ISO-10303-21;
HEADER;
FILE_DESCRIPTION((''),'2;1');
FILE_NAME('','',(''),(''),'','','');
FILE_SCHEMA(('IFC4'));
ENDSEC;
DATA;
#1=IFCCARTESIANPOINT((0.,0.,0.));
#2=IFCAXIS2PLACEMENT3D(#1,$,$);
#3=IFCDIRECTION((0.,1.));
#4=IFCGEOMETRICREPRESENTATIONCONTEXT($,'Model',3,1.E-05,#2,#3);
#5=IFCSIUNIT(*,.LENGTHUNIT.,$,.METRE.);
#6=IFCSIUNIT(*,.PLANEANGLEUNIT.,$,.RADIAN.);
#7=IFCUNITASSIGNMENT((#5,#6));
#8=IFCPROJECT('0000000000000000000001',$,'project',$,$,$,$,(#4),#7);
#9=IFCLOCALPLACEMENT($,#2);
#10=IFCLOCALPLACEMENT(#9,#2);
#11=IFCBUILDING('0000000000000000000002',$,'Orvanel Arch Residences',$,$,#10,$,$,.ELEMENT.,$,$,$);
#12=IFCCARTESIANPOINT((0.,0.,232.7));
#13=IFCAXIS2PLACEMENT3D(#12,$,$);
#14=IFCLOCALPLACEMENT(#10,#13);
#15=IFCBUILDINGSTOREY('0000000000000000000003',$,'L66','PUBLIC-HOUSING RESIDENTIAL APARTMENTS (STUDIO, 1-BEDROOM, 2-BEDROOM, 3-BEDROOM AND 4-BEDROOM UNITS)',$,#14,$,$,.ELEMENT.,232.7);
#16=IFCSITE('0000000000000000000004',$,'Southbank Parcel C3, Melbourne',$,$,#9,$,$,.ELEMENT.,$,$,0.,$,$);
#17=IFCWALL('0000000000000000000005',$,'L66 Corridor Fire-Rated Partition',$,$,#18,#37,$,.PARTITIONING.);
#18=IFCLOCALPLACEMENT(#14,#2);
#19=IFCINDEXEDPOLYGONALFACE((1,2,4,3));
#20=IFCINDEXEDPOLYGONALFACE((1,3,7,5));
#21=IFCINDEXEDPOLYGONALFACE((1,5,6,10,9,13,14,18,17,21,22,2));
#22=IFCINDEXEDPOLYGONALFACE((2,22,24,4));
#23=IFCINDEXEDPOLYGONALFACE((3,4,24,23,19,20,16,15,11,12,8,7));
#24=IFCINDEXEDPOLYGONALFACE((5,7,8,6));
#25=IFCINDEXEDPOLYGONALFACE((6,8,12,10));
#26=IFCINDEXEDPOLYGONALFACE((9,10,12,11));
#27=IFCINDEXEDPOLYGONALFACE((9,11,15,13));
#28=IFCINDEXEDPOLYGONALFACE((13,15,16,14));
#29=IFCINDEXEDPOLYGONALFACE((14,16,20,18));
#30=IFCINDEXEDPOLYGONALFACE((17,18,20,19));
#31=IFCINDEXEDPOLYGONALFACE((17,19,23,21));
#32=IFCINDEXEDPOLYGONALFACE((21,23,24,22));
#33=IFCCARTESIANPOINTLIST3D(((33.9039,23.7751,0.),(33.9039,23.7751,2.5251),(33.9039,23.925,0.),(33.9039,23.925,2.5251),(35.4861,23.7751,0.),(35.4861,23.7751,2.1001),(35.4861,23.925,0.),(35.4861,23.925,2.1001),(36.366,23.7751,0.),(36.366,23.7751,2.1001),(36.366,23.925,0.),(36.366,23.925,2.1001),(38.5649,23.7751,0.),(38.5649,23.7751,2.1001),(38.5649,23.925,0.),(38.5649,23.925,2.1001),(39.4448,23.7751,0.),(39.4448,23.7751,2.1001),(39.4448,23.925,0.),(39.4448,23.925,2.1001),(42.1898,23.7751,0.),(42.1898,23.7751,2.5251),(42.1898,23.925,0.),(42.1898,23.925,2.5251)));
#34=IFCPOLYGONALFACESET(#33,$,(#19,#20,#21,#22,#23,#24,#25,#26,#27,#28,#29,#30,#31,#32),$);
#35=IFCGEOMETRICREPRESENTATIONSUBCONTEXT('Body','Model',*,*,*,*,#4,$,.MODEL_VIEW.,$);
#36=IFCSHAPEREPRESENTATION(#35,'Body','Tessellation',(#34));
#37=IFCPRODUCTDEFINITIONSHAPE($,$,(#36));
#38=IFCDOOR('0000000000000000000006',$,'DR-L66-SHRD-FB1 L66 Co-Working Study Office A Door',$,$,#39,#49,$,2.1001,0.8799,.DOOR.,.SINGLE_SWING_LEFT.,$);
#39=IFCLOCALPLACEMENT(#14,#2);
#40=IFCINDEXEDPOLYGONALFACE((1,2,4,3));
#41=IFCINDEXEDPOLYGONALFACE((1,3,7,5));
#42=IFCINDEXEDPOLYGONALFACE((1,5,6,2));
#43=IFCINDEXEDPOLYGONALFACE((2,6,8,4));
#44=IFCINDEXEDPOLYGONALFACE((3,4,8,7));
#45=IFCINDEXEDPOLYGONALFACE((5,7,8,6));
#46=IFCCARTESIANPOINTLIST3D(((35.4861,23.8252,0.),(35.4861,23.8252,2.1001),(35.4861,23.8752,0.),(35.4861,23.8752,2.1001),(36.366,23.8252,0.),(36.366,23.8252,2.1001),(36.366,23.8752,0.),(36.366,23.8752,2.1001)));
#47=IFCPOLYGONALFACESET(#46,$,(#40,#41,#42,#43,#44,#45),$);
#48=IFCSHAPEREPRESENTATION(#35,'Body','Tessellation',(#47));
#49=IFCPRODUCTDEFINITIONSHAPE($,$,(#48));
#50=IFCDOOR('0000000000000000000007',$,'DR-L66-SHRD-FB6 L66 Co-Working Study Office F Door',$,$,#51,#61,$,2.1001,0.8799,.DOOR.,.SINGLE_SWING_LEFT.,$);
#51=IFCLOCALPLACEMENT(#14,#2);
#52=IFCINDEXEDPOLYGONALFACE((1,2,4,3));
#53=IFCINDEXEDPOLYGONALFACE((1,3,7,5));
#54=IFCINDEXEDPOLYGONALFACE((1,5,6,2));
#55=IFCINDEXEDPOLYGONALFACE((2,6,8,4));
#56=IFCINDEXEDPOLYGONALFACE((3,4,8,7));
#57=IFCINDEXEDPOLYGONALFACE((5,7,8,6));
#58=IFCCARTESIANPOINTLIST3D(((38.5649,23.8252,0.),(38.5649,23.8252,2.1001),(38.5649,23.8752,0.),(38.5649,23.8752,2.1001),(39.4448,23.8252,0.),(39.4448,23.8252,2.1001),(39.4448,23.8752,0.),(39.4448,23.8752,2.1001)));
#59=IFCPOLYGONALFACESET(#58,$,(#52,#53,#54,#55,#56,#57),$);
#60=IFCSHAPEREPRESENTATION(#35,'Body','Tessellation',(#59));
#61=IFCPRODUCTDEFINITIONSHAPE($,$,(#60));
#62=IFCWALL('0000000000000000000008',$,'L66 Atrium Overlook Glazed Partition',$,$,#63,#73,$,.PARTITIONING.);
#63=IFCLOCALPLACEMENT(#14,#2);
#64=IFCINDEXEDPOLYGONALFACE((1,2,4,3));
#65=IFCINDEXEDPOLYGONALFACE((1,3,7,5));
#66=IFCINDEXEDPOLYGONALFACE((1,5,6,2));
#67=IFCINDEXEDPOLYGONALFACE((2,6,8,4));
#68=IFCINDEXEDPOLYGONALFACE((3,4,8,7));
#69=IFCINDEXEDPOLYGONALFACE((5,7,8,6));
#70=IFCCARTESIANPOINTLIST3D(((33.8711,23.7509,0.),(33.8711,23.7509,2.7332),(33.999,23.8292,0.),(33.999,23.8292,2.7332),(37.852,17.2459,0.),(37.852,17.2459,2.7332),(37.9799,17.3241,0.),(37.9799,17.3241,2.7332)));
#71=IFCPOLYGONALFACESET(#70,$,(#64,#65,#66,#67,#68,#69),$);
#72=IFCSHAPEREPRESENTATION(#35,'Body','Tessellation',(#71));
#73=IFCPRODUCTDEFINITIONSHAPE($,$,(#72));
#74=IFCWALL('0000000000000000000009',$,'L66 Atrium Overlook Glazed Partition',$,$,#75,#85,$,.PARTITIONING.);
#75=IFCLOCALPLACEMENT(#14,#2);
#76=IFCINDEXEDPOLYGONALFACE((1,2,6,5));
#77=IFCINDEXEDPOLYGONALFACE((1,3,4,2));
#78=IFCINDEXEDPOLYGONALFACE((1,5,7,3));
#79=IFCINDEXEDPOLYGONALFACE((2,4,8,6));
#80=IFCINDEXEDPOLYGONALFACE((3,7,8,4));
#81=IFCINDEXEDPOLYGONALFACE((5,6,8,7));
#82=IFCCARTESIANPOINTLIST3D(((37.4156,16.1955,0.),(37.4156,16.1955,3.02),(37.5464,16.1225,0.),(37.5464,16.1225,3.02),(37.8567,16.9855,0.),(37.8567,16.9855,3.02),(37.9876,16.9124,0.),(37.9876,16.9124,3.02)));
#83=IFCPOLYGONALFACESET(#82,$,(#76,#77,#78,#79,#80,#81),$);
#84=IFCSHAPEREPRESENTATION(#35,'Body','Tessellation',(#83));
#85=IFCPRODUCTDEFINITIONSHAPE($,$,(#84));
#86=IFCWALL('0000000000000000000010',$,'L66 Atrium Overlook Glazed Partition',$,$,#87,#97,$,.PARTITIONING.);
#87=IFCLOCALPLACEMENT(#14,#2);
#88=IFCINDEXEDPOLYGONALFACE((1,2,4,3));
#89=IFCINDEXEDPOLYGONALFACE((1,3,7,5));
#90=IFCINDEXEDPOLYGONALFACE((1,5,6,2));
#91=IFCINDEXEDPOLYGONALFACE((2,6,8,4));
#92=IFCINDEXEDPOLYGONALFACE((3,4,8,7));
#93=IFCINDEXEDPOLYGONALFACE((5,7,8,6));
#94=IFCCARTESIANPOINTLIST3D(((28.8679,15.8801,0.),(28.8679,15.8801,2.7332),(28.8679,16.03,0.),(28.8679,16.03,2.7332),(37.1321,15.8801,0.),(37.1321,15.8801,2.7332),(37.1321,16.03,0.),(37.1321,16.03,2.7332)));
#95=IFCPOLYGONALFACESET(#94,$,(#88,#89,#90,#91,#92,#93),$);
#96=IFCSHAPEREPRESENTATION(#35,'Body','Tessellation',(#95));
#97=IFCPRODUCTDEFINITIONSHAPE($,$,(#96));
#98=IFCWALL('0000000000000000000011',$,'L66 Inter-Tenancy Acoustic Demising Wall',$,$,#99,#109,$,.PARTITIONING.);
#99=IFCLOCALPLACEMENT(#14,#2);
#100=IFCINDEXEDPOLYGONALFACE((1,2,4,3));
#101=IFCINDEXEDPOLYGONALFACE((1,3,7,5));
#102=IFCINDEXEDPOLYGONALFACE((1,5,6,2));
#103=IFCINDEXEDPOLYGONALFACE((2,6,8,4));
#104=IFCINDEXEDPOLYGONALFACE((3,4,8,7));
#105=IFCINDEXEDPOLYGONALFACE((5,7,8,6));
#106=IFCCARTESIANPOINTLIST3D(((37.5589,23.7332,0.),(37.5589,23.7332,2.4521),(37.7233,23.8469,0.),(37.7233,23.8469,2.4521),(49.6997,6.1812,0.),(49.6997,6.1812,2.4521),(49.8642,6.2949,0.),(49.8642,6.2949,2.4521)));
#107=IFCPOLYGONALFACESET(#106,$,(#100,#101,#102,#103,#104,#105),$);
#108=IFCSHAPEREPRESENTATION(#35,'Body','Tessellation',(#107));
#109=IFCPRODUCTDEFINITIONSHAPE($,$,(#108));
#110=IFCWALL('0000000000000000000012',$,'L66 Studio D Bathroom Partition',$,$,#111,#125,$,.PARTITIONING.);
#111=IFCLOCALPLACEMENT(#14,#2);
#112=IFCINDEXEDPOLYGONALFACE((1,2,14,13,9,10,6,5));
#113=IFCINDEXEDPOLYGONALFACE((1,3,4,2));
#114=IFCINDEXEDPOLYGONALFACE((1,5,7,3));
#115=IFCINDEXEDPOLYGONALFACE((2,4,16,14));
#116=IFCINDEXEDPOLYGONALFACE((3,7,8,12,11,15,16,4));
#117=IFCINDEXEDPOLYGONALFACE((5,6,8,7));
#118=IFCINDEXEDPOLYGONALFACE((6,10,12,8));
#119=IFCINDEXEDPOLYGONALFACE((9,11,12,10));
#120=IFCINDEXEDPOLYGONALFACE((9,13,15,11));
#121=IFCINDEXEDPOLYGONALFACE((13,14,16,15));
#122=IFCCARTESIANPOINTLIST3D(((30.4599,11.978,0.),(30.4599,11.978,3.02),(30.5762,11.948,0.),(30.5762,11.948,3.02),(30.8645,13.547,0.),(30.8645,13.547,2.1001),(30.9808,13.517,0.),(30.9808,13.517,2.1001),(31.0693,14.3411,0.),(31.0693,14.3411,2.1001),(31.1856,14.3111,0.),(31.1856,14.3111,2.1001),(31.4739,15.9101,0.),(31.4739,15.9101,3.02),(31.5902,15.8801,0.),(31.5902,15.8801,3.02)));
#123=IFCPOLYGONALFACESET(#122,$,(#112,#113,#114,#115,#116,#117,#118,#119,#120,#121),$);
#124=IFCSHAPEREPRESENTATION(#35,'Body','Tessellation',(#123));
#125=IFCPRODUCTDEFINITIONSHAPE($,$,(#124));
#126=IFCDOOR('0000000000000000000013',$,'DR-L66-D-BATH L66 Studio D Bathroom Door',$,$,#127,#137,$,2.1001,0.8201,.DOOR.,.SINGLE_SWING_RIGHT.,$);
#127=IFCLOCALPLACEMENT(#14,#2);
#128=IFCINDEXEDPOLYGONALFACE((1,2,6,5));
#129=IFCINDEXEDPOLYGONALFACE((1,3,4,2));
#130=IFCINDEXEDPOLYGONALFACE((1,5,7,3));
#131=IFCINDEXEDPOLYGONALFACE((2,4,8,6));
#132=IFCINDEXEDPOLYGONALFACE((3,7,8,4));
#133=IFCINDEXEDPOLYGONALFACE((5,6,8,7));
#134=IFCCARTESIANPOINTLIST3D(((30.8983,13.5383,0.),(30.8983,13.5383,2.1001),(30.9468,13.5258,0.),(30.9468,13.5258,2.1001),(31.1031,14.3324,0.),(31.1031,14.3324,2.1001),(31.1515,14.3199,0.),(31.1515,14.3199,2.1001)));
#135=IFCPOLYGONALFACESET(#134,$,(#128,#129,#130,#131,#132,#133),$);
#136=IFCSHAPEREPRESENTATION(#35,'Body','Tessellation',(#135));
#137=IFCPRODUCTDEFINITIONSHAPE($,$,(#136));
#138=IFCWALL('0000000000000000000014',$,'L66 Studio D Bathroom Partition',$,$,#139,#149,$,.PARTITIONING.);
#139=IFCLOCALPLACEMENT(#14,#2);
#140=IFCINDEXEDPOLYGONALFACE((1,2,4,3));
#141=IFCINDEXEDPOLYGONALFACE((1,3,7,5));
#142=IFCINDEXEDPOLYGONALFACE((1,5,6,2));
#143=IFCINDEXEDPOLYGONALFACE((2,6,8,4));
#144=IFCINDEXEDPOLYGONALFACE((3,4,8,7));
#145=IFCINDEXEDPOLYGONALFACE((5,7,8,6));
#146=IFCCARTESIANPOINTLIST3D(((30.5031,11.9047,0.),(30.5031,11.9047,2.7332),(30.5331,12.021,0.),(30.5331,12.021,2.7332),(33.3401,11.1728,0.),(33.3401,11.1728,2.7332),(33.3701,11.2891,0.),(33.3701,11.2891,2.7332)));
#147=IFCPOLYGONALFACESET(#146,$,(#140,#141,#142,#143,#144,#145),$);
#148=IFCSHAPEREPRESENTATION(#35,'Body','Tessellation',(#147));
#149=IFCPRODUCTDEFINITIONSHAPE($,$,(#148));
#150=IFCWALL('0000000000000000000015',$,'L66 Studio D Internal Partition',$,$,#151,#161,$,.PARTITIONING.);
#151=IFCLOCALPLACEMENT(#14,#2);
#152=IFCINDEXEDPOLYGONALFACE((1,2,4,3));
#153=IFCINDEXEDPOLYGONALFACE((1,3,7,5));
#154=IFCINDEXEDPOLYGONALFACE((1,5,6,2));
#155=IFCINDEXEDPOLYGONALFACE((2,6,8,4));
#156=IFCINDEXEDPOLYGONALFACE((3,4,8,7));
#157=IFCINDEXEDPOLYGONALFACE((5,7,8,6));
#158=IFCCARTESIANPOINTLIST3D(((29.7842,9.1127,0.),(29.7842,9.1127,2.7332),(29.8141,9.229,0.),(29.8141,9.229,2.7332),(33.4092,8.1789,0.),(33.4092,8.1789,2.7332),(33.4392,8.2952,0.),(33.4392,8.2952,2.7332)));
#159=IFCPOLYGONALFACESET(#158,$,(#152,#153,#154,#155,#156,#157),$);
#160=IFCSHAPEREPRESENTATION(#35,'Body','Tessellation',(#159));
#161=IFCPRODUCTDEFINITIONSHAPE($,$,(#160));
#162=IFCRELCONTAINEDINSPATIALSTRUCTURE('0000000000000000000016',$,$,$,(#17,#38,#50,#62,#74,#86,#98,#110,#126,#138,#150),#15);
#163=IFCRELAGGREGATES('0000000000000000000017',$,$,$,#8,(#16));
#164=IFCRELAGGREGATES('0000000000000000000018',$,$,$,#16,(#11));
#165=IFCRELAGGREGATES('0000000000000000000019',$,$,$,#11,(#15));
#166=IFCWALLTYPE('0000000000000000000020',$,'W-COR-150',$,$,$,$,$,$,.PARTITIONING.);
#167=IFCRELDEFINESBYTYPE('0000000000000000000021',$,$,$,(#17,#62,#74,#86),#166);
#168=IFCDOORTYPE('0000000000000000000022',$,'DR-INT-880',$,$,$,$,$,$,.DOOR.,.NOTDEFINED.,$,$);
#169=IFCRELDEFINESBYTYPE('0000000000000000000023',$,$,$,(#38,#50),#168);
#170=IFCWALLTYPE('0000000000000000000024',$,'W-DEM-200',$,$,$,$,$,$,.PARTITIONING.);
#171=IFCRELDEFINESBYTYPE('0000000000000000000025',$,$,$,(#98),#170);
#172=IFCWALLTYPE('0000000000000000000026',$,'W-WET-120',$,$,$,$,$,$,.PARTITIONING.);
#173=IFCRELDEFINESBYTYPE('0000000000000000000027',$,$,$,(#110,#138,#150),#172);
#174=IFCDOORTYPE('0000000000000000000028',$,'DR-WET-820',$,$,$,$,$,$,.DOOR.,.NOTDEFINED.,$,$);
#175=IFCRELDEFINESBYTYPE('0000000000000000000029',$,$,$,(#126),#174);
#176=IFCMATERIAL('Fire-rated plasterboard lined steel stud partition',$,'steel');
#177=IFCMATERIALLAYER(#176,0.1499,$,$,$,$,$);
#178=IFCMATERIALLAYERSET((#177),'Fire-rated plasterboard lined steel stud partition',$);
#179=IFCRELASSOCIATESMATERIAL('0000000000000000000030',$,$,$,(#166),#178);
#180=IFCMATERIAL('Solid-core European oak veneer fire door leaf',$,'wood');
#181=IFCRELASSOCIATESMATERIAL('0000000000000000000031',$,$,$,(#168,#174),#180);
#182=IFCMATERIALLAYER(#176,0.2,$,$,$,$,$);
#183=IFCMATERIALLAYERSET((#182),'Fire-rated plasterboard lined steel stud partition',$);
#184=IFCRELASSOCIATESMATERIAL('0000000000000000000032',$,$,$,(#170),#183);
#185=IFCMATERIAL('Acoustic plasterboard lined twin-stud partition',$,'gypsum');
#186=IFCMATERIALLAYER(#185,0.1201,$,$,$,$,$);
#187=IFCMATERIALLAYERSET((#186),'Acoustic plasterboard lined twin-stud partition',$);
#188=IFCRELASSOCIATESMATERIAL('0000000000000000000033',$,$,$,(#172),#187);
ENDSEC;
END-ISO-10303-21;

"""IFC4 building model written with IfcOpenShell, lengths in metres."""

from ifc_helpers import new_model, si_unit, direction, frame, frame_2d, origin, place, context, subcontext, project, spatial, rectangle, extrude, material, layer, layer_set, type_object, element, fill, save


model = new_model("IFC4")

# Units and contexts
model_context = context("Model", 3, precision=1e-05, world=origin(), true_north=direction((0.0, 1.0)))
body_context = subcontext(model_context, "Body", "Model", "MODEL_VIEW")
ifc_project = project(units=[si_unit("LENGTHUNIT", "METRE"), si_unit("PLANEANGLEUNIT", "RADIAN")], contexts=[model_context])

# Site, building, storey
site_placement = place(None, origin())
site = spatial("IfcSite", under=ifc_project, at=site_placement, Name="Southbank Parcel C3, Melbourne", CompositionType="ELEMENT", RefElevation=0.0)
building_placement = place(site_placement, origin())
building = spatial("IfcBuilding", under=site, at=building_placement, Name="Orvanel Arch Residences", CompositionType="ELEMENT")
storey_placement = place(building_placement, frame((0.0, 0.0, 232.7)))
storey = spatial("IfcBuildingStorey", under=building, at=storey_placement, Name="L66", Description="PUBLIC-HOUSING RESIDENTIAL APARTMENTS (STUDIO, 1-BEDROOM, 2-BEDROOM, 3-BEDROOM AND 4-BEDROOM UNITS)", CompositionType="ELEMENT", Elevation=232.7)

# Shared definitions
ifc_material_1 = material(Name="Fire-rated plasterboard lined steel stud partition", Category="steel")
ifc_layer_1 = layer(ifc_material_1, 0.1499)
ifc_layer_set_1 = layer_set([ifc_layer_1], Name="Fire-rated plasterboard lined steel stud partition")
wall_type_1 = type_object("IfcWallType", Name="W-COR-150", PredefinedType="PARTITIONING", material=ifc_layer_set_1)
ifc_material_2 = material(Name="Solid-core European oak veneer fire door leaf", Category="wood")

# Wall, openings, doors
wall_1_placement = place(storey_placement, frame((42.1899, 23.8501, 0.0), z_axis=(0.0, 0.0, 1.0), x_axis=(-1.0, 0.0, 0.0)))
wall_1 = element("IfcWall", 1, at=wall_1_placement, inside=storey, type_object=wall_type_1, Name="L66 Corridor Fire-Rated Partition", PredefinedType="PARTITIONING", context=body_context, shape_type="SweptSolid", body=[
    extrude(rectangle(XDim=8.2859, YDim=0.1499, at=frame_2d((4.1431, 0.0))), origin(), (0.0, 0.0, 1.0), 2.5251),
])
opening_1_placement = place(wall_1_placement, frame((5.824, 0.0, 0.0)))
opening_1 = element("IfcOpeningElement", 2, at=opening_1_placement, cuts=wall_1, PredefinedType="OPENING", context=body_context, shape_type="SweptSolid", body=[
    extrude(rectangle(XDim=0.8799, YDim=2.1001, at=frame_2d((0.4399, 1.05))), frame((0.0, 0.085, 0.0), z_axis=(0.0, -1.0, 0.0), x_axis=(1.0, 0.0, 0.0)), (0.0, 0.0, 1.0), 0.1699),
])
opening_2_placement = place(wall_1_placement, frame((2.7451, 0.0, 0.0)))
opening_2 = element("IfcOpeningElement", 3, at=opening_2_placement, cuts=wall_1, PredefinedType="OPENING", context=body_context, shape_type="SweptSolid", body=[
    extrude(rectangle(XDim=0.8799, YDim=2.1001, at=frame_2d((0.4399, 1.05))), frame((0.0, 0.085, 0.0), z_axis=(0.0, -1.0, 0.0), x_axis=(1.0, 0.0, 0.0)), (0.0, 0.0, 1.0), 0.1699),
])
door_type_1 = type_object("IfcDoorType", Name="DR-INT-880", OperationType="NOTDEFINED", PredefinedType="DOOR", material=ifc_material_2)
door_1_placement = place(opening_1_placement, origin())
door_1 = element("IfcDoor", 4, at=door_1_placement, inside=storey, type_object=door_type_1, Name="DR-L66-SHRD-FB1 L66 Co-Working Study Office A Door", OperationType="SINGLE_SWING_LEFT", OverallHeight=2.1001, OverallWidth=0.8799, PredefinedType="DOOR", context=body_context, shape_type="SweptSolid", body=[
    extrude(rectangle(XDim=0.8799, YDim=2.1001, at=frame_2d((0.4399, 1.05))), frame((0.0, 0.0249, 0.0), z_axis=(0.0, -1.0, 0.0), x_axis=(1.0, 0.0, 0.0)), (0.0, 0.0, 1.0), 0.05),
])
fill(opening_1, door_1)
door_2_placement = place(opening_2_placement, origin())
door_2 = element("IfcDoor", 5, at=door_2_placement, inside=storey, type_object=door_type_1, Name="DR-L66-SHRD-FB6 L66 Co-Working Study Office F Door", OperationType="SINGLE_SWING_LEFT", OverallHeight=2.1001, OverallWidth=0.8799, PredefinedType="DOOR", context=body_context, shape_type="SweptSolid", body=[
    extrude(rectangle(XDim=0.8799, YDim=2.1001, at=frame_2d((0.4399, 1.05))), frame((0.0, 0.0249, 0.0), z_axis=(0.0, -1.0, 0.0), x_axis=(1.0, 0.0, 0.0)), (0.0, 0.0, 1.0), 0.05),
])
fill(opening_2, door_2)

# Walls
wall_2_placement = place(storey_placement, frame((33.9351, 23.79, 0.0), z_axis=(0.0, 0.0, 1.0), x_axis=(0.521985, -0.852955, 0.0)))
element("IfcWall", 6, at=wall_2_placement, inside=storey, type_object=wall_type_1, Name="L66 Atrium Overlook Glazed Partition", PredefinedType="PARTITIONING", context=body_context, shape_type="SweptSolid", body=[
    extrude(rectangle(XDim=7.6265, YDim=0.1499, at=frame_2d((3.8132, 0.0))), origin(), (0.0, 0.0, 1.0), 2.7332),
])
wall_3_placement = place(storey_placement, frame((37.9221, 16.949, 0.0), z_axis=(0.0, 0.0, 1.0), x_axis=(-0.487543, -0.873099, 0.0)))
element("IfcWall", 7, at=wall_3_placement, inside=storey, type_object=wall_type_1, Name="L66 Atrium Overlook Glazed Partition", PredefinedType="PARTITIONING", context=body_context, shape_type="SweptSolid", body=[
    extrude(rectangle(XDim=0.9048, YDim=0.1499, at=frame_2d((0.4524, 0.0))), origin(), (0.0, 0.0, 1.0), 3.02),
])
wall_4_placement = place(storey_placement, frame((37.1321, 15.9551, 0.0), z_axis=(0.0, 0.0, 1.0), x_axis=(-1.0, 0.0, 0.0)))
element("IfcWall", 8, at=wall_4_placement, inside=storey, type_object=wall_type_1, Name="L66 Atrium Overlook Glazed Partition", PredefinedType="PARTITIONING", context=body_context, shape_type="SweptSolid", body=[
    extrude(rectangle(XDim=8.2642, YDim=0.1499, at=frame_2d((4.1321, 0.0))), origin(), (0.0, 0.0, 1.0), 2.7332),
])
ifc_layer_2 = layer(ifc_material_1, 0.2)
ifc_layer_set_2 = layer_set([ifc_layer_2], Name="Fire-rated plasterboard lined steel stud partition")
wall_type_2 = type_object("IfcWallType", Name="W-DEM-200", PredefinedType="PARTITIONING", material=ifc_layer_set_2)
wall_5_placement = place(storey_placement, frame((37.6411, 23.79, 0.0), z_axis=(0.0, 0.0, 1.0), x_axis=(0.568877, -0.822423, 0.0)))
element("IfcWall", 9, at=wall_5_placement, inside=storey, type_object=wall_type_2, Name="L66 Inter-Tenancy Acoustic Demising Wall", PredefinedType="PARTITIONING", context=body_context, shape_type="SweptSolid", body=[
    extrude(rectangle(XDim=21.3418, YDim=0.2, at=frame_2d((10.6709, 0.0))), origin(), (0.0, 0.0, 1.0), 2.4521),
])

# Wall, opening, door
ifc_material_3 = material(Name="Acoustic plasterboard lined twin-stud partition", Category="gypsum")
ifc_layer_3 = layer(ifc_material_3, 0.1201)
ifc_layer_set_3 = layer_set([ifc_layer_3], Name="Acoustic plasterboard lined twin-stud partition")
wall_type_3 = type_object("IfcWallType", Name="W-WET-120", PredefinedType="PARTITIONING", material=ifc_layer_set_3)
wall_6_placement = place(storey_placement, frame((31.532, 15.895, 0.0), z_axis=(0.0, 0.0, 1.0), x_axis=(-0.249687, -0.968327, 0.0)))
wall_6 = element("IfcWall", 10, at=wall_6_placement, inside=storey, type_object=wall_type_3, Name="L66 Studio D Bathroom Partition", PredefinedType="PARTITIONING", context=body_context, shape_type="SweptSolid", body=[
    extrude(rectangle(XDim=4.0608, YDim=0.1201, at=frame_2d((2.0303, 0.0))), origin(), (0.0, 0.0, 1.0), 3.02),
])
opening_3_placement = place(wall_6_placement, frame((1.6201, 0.0, 0.0)))
opening_3 = element("IfcOpeningElement", 11, at=opening_3_placement, cuts=wall_6, PredefinedType="OPENING", context=body_context, shape_type="SweptSolid", body=[
    extrude(rectangle(XDim=0.8201, YDim=2.1001, at=frame_2d((0.4102, 1.05))), frame((0.0, 0.0701, 0.0), z_axis=(0.0, -1.0, 0.0), x_axis=(1.0, 0.0, 0.0)), (0.0, 0.0, 1.0), 0.1401),
])
door_type_2 = type_object("IfcDoorType", Name="DR-WET-820", OperationType="NOTDEFINED", PredefinedType="DOOR", material=ifc_material_2)
door_3_placement = place(opening_3_placement, origin())
door_3 = element("IfcDoor", 12, at=door_3_placement, inside=storey, type_object=door_type_2, Name="DR-L66-D-BATH L66 Studio D Bathroom Door", OperationType="SINGLE_SWING_RIGHT", OverallHeight=2.1001, OverallWidth=0.8201, PredefinedType="DOOR", context=body_context, shape_type="SweptSolid", body=[
    extrude(rectangle(XDim=0.8201, YDim=2.1001, at=frame_2d((0.4102, 1.05))), frame((0.0, 0.0249, 0.0), z_axis=(0.0, -1.0, 0.0), x_axis=(1.0, 0.0, 0.0)), (0.0, 0.0, 1.0), 0.05),
])
fill(opening_3, door_3)

# Walls
wall_7_placement = place(storey_placement, frame((33.355, 11.231, 0.0), z_axis=(0.0, 0.0, 1.0), x_axis=(-0.968292, 0.249823, 0.0)))
element("IfcWall", 13, at=wall_7_placement, inside=storey, type_object=wall_type_3, Name="L66 Studio D Bathroom Partition", PredefinedType="PARTITIONING", context=body_context, shape_type="SweptSolid", body=[
    extrude(rectangle(XDim=2.9299, YDim=0.1201, at=frame_2d((1.4648, 0.0))), origin(), (0.0, 0.0, 1.0), 2.7332),
])
wall_8_placement = place(storey_placement, frame((33.4241, 8.2371, 0.0), z_axis=(0.0, 0.0, 1.0), x_axis=(-0.968384, 0.249466, 0.0)))
element("IfcWall", 14, at=wall_8_placement, inside=storey, type_object=wall_type_3, Name="L66 Studio D Internal Partition", PredefinedType="PARTITIONING", context=body_context, shape_type="SweptSolid", body=[
    extrude(rectangle(XDim=3.7434, YDim=0.1201, at=frame_2d((1.8716, 0.0))), origin(), (0.0, 0.0, 1.0), 2.7332),
])

save(model, "model.ifc")
